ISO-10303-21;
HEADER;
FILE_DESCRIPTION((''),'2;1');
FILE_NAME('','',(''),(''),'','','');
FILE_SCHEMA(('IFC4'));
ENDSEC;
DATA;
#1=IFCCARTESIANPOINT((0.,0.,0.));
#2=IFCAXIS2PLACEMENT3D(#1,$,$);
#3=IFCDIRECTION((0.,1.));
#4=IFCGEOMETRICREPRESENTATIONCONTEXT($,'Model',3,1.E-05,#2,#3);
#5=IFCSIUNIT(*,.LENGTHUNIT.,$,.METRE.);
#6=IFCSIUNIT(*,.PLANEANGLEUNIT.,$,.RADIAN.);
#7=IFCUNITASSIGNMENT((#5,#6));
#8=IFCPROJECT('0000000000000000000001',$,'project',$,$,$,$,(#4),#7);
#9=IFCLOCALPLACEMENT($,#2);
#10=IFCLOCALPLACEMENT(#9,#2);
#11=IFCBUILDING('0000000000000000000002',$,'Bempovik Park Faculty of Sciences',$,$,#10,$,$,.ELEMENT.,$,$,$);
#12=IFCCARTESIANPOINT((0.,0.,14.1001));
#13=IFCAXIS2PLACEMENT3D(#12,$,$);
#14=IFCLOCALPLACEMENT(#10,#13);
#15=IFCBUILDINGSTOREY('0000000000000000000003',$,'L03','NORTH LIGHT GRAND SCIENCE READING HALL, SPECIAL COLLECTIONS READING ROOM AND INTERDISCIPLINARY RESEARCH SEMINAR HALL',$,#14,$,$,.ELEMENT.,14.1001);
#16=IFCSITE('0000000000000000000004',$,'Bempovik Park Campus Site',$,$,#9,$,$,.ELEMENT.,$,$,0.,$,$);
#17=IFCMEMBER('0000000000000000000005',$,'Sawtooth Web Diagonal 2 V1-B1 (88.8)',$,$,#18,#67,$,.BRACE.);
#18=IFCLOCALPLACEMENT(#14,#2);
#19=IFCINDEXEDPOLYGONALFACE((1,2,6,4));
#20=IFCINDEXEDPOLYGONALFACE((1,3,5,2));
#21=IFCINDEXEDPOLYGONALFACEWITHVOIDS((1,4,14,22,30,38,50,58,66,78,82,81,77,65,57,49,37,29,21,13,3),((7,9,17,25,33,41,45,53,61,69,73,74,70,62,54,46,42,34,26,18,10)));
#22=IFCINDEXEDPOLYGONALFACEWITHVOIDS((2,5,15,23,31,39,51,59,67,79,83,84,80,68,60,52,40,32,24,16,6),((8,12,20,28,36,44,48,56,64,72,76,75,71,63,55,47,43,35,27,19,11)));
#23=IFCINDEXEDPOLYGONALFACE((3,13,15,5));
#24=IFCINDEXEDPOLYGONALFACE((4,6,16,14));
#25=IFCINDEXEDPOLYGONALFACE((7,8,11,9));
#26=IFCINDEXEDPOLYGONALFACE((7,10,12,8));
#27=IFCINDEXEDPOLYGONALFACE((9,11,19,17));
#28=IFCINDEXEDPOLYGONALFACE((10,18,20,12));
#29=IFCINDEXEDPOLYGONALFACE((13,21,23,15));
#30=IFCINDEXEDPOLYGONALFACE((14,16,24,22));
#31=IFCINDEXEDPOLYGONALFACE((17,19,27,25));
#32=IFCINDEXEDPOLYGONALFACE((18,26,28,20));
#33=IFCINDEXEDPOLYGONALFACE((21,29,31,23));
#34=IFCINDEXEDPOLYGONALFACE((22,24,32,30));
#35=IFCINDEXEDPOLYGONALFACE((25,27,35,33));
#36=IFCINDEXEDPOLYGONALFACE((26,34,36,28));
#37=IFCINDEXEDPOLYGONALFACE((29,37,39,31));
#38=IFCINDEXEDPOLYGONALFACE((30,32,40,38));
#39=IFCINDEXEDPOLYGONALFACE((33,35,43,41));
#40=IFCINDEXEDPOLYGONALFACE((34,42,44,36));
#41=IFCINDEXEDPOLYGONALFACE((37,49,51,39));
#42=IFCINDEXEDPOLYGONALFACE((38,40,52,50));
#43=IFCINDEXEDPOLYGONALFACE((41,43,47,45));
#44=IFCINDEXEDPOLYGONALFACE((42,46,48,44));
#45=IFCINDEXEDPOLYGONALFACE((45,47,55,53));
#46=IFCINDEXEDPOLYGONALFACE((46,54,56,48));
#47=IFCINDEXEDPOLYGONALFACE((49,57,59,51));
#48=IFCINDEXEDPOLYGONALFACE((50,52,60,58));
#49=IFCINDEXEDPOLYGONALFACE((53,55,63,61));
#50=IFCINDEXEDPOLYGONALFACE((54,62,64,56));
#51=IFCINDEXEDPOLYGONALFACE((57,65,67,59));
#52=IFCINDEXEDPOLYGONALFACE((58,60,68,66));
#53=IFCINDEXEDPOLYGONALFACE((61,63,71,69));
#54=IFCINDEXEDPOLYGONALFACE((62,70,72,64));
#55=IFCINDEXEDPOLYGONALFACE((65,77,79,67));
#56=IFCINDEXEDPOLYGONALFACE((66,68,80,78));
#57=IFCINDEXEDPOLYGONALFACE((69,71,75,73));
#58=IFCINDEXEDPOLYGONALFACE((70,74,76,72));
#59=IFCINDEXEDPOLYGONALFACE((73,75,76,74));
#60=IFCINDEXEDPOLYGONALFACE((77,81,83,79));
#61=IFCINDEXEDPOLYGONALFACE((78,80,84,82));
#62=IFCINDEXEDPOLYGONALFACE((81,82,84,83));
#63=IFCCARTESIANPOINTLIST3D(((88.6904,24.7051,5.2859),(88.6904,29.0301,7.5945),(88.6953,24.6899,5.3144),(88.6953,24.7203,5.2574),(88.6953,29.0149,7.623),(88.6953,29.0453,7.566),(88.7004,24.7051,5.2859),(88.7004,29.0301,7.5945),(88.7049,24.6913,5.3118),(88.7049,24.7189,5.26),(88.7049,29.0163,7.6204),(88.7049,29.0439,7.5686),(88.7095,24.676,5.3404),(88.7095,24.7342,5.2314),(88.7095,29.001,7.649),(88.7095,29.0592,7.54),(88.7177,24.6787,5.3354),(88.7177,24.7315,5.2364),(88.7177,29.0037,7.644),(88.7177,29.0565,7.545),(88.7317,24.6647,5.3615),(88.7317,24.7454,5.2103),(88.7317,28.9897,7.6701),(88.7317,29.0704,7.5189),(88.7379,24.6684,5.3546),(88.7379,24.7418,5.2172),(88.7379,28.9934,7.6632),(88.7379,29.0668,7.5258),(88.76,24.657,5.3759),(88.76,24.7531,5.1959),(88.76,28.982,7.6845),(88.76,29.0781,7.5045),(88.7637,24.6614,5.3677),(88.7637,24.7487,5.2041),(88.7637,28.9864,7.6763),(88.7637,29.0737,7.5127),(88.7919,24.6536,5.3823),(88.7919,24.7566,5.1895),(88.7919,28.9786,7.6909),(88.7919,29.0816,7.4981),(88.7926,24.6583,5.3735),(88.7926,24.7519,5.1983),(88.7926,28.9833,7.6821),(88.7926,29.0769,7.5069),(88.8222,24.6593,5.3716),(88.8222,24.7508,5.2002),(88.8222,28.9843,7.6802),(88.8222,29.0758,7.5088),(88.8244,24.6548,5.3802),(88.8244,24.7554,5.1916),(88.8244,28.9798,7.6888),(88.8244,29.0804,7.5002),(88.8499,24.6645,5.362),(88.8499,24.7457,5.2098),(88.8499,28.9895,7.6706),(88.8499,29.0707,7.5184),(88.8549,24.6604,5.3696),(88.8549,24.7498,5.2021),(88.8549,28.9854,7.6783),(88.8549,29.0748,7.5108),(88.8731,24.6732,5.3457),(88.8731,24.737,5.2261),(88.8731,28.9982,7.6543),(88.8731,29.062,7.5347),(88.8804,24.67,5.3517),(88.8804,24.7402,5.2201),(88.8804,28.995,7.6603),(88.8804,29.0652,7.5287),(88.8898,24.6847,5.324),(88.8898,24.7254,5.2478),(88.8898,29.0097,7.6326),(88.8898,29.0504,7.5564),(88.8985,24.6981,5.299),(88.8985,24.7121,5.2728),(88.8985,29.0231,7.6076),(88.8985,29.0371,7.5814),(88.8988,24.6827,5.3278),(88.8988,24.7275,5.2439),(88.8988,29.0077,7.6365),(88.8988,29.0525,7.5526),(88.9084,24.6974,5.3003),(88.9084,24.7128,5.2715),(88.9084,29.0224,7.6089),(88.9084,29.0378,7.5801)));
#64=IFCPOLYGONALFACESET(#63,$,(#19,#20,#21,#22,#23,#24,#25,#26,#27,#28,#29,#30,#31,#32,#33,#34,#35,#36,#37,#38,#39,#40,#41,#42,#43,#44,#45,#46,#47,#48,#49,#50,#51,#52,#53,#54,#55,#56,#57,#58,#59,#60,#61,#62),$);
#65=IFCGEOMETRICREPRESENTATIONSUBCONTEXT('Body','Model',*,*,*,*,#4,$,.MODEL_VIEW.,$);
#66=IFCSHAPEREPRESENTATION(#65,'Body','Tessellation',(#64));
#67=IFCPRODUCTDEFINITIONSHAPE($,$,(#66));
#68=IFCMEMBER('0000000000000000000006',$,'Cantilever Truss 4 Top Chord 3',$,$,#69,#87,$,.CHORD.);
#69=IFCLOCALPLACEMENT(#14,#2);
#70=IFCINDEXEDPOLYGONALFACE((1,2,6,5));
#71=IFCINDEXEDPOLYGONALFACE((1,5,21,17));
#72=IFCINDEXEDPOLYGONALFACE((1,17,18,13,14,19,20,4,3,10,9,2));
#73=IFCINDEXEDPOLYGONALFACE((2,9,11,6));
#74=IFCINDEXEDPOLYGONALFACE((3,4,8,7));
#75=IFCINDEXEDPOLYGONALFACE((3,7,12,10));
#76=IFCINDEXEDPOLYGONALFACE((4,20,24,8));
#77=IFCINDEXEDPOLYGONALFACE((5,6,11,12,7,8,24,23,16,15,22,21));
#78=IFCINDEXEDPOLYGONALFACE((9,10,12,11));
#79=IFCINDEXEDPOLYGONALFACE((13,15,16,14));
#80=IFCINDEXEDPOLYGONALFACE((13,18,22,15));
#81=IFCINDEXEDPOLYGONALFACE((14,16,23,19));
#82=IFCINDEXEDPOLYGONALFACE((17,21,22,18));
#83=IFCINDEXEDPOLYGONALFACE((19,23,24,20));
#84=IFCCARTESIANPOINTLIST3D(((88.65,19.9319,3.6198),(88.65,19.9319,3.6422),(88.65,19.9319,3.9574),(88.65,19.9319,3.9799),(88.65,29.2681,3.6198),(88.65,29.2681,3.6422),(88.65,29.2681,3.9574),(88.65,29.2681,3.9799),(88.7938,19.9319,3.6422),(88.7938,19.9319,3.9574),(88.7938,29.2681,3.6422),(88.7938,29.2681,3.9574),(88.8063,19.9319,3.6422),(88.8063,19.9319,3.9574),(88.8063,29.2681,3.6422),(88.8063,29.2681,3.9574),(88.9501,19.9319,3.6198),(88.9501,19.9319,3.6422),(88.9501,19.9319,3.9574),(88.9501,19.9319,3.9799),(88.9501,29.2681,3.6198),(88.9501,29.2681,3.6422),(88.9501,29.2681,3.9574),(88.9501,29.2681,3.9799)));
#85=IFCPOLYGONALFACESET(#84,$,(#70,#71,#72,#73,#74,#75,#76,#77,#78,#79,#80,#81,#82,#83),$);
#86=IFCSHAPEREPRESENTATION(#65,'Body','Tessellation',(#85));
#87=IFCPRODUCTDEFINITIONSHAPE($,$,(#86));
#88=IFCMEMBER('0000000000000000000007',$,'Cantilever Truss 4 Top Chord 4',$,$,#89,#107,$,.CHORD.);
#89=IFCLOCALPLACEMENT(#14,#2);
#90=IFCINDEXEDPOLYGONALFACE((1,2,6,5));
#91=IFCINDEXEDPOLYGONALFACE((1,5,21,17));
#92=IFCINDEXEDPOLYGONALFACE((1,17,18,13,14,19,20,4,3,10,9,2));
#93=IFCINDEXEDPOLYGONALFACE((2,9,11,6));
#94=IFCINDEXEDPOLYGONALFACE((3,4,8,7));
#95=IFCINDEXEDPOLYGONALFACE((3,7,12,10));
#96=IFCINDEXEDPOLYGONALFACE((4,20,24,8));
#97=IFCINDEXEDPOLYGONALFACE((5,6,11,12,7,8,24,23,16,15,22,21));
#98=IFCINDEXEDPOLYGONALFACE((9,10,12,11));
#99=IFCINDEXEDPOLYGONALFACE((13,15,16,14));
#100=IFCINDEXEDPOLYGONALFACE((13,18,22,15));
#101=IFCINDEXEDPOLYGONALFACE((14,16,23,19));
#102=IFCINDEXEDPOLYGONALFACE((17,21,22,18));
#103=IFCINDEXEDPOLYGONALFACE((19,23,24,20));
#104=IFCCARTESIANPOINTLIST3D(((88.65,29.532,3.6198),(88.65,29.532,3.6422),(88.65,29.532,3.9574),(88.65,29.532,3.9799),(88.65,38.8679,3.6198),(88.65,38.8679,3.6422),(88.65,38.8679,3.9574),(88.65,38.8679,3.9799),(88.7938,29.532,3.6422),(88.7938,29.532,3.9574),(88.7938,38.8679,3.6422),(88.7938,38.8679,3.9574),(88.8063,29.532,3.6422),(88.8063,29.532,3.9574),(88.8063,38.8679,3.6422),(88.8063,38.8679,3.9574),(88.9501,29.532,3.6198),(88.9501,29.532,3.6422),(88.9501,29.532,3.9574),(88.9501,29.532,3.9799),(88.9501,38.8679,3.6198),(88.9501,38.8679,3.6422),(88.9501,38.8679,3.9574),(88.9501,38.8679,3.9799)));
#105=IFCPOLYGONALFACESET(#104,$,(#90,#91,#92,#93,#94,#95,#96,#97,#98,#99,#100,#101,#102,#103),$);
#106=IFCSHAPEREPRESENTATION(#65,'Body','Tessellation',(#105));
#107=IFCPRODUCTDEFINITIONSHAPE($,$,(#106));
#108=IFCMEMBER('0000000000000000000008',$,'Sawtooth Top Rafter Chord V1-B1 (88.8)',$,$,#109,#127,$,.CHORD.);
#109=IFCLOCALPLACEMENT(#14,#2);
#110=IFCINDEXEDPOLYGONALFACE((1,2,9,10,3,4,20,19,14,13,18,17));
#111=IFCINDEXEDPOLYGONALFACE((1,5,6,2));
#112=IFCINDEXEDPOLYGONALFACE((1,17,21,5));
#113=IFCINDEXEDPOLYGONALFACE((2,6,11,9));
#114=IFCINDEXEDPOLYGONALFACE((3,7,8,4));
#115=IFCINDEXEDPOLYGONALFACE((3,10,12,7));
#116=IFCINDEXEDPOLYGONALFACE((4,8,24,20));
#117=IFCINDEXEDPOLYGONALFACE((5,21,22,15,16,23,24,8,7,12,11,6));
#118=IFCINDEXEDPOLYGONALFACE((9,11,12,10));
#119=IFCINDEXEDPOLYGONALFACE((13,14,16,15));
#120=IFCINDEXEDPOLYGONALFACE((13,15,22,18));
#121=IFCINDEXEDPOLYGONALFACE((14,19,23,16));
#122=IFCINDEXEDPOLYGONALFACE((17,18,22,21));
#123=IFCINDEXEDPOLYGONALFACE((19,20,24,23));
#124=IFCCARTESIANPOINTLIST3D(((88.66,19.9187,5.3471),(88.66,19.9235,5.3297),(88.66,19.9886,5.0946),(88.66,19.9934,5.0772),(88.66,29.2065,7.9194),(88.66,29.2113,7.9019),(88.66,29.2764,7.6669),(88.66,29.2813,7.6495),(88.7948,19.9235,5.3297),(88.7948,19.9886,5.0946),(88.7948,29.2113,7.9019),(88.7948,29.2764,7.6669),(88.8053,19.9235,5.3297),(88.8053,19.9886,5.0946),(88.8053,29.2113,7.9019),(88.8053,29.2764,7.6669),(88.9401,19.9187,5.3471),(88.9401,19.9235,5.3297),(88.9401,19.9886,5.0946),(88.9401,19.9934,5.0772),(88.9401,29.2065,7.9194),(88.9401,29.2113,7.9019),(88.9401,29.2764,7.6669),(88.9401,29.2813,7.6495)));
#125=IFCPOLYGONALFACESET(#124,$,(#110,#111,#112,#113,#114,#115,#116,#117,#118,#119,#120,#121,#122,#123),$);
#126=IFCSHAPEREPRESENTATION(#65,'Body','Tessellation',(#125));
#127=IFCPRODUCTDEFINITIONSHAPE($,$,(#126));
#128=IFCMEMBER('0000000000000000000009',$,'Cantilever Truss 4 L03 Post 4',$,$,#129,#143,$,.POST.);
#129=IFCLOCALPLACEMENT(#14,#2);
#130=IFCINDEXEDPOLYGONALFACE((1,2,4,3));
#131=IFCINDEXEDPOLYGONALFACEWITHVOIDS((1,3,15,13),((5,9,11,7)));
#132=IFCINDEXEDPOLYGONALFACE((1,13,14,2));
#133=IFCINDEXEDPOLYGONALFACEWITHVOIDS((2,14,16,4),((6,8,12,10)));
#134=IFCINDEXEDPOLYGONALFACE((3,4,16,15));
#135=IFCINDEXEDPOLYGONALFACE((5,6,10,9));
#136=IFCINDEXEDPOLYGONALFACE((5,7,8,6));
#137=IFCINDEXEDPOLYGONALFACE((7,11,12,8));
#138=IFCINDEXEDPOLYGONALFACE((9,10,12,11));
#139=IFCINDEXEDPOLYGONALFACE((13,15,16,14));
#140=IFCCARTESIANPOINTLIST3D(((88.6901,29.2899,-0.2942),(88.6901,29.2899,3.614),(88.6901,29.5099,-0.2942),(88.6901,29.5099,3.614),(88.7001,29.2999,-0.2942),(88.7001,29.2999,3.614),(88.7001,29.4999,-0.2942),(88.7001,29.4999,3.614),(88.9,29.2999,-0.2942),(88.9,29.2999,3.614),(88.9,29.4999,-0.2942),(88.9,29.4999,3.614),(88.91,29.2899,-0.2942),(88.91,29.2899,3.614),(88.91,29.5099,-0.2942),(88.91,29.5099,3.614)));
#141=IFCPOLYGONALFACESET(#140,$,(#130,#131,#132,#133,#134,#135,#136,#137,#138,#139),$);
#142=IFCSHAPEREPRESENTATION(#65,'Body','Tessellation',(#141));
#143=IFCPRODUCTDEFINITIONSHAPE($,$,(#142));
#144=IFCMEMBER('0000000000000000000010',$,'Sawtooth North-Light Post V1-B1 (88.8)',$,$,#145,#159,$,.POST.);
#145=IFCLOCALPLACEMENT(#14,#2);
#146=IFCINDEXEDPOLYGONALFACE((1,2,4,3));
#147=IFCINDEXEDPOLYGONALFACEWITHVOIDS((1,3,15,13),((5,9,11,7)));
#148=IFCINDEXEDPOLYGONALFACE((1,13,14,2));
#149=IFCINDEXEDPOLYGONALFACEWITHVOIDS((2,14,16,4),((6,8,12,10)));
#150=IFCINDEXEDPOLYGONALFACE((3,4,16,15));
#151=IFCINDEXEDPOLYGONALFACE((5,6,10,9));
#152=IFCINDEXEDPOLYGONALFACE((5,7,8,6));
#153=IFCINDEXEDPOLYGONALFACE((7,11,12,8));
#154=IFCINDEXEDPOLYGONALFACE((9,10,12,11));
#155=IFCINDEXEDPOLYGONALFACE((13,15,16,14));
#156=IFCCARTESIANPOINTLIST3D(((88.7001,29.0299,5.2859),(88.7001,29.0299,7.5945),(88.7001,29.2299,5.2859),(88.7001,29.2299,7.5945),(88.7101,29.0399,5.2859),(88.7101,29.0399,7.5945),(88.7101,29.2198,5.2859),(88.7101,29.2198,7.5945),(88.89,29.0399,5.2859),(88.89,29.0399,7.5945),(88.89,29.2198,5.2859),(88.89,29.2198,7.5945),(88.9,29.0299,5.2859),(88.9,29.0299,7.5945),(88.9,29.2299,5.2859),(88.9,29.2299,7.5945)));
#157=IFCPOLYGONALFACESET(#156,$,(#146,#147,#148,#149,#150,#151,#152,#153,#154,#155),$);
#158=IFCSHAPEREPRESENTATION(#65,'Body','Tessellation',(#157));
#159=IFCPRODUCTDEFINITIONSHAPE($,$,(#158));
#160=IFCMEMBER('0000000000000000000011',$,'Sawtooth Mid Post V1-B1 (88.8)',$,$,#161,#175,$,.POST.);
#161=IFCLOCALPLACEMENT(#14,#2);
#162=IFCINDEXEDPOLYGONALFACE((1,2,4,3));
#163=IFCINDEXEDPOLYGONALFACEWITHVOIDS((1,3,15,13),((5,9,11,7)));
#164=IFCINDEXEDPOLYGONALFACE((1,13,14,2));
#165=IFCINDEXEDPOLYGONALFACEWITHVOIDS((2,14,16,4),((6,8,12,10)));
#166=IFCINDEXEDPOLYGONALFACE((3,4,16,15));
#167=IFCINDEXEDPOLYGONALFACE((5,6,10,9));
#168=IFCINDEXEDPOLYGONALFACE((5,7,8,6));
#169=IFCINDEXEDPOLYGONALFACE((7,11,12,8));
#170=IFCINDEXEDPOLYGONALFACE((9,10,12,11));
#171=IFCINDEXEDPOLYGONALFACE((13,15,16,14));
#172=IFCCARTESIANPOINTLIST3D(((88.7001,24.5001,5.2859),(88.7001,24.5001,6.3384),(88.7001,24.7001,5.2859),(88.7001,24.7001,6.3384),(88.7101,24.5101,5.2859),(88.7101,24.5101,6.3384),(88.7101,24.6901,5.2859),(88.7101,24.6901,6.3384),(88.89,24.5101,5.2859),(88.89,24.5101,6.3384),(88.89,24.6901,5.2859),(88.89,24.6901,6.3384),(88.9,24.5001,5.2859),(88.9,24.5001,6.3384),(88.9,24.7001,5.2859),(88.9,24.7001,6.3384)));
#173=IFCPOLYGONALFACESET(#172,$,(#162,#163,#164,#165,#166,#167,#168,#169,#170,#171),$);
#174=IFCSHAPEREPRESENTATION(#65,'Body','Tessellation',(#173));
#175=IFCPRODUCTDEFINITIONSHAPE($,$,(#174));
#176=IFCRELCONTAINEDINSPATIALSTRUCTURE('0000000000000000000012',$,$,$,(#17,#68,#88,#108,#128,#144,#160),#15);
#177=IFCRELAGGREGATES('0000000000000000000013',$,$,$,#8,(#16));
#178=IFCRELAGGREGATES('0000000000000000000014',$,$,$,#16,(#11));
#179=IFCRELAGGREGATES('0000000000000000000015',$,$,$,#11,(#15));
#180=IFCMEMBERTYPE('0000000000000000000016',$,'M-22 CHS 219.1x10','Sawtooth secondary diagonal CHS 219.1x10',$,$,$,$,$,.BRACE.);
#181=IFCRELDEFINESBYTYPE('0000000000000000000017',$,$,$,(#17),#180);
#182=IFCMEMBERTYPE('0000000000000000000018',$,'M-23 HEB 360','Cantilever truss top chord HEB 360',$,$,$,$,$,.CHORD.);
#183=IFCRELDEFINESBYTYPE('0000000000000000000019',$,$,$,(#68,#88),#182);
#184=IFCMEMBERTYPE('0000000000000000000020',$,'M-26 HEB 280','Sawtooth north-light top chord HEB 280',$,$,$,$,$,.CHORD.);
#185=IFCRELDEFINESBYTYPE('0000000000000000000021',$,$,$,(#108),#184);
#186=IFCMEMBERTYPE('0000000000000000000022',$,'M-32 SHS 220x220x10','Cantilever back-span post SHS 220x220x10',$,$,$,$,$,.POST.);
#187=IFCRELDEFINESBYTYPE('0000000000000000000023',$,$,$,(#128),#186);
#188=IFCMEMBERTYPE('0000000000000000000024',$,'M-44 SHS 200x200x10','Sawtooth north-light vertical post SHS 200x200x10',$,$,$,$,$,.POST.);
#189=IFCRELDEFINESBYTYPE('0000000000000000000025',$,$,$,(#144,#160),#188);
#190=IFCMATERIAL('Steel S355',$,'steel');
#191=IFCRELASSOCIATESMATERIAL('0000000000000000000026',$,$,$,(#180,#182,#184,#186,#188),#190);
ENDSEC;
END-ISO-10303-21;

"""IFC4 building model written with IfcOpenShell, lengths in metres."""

from ifc_helpers import new_model, si_unit, direction, frame, origin, origin_2d, place, context, subcontext, project, spatial, hollow_rectangle, hollow_circle, i_section, extrude, material, material_profile, profile_set, type_object, element, save


model = new_model("IFC4")

# Units and contexts
model_context = context("Model", 3, precision=1e-05, world=origin(), true_north=direction((0.0, 1.0)))
body_context = subcontext(model_context, "Body", "Model", "MODEL_VIEW")
ifc_project = project(units=[si_unit("LENGTHUNIT", "METRE"), si_unit("PLANEANGLEUNIT", "RADIAN")], contexts=[model_context])

# Site, building, storey
site_placement = place(None, origin())
site = spatial("IfcSite", under=ifc_project, at=site_placement, Name="Bempovik Park Campus Site", CompositionType="ELEMENT", RefElevation=0.0)
building_placement = place(site_placement, origin())
building = spatial("IfcBuilding", under=site, at=building_placement, Name="Bempovik Park Faculty of Sciences", CompositionType="ELEMENT")
storey_placement = place(building_placement, frame((0.0, 0.0, 14.1001)))
storey = spatial("IfcBuildingStorey", under=building, at=storey_placement, Name="L03", Description="NORTH LIGHT GRAND SCIENCE READING HALL, SPECIAL COLLECTIONS READING ROOM AND INTERDISCIPLINARY RESEARCH SEMINAR HALL", CompositionType="ELEMENT", Elevation=14.1001)

# Shared definitions
ifc_material_1 = material(Name="Steel S355", Category="steel")

# Members
ifc_material_profile_1 = material_profile(ifc_material_1, hollow_circle(Radius=0.1096, WallThickness=0.01, at=origin_2d()), Name="CHS 219.1x10")
ifc_profile_set_1 = profile_set([ifc_material_profile_1], Name="Steel S355")
member_type_1 = type_object("IfcMemberType", Name="M-22 CHS 219.1x10", Description="Sawtooth secondary diagonal CHS 219.1x10", PredefinedType="BRACE", material=ifc_profile_set_1)
member_1_placement = place(storey_placement, frame((88.8, 24.7051, 5.2859), z_axis=(0.0, 0.882187, 0.470898), x_axis=(-1.0, 0.0, 0.0)))
element("IfcMember", 1, at=member_1_placement, inside=storey, type_object=member_type_1, Name="Sawtooth Web Diagonal 2 V1-B1 (88.8)", PredefinedType="BRACE", context=body_context, shape_type="SweptSolid", body=[
    extrude(hollow_circle(Radius=0.1096, WallThickness=0.01, at=origin_2d()), origin(), (0.0, 0.0, 1.0), 4.9026),
])
ifc_material_profile_2 = material_profile(ifc_material_1, i_section(OverallWidth=0.3, OverallDepth=0.3601, WebThickness=0.0125, FlangeThickness=0.0225, at=origin_2d()), Name="HEB 360")
ifc_profile_set_2 = profile_set([ifc_material_profile_2], Name="Steel S355")
member_type_2 = type_object("IfcMemberType", Name="M-23 HEB 360", Description="Cantilever truss top chord HEB 360", PredefinedType="CHORD", material=ifc_profile_set_2)
member_2_placement = place(storey_placement, frame((88.8, 19.9319, 3.7998), z_axis=(0.0, 1.0, 0.0), x_axis=(-1.0, 0.0, 0.0)))
element("IfcMember", 2, at=member_2_placement, inside=storey, type_object=member_type_2, Name="Cantilever Truss 4 Top Chord 3", PredefinedType="CHORD", context=body_context, shape_type="SweptSolid", body=[
    extrude(i_section(OverallWidth=0.3, OverallDepth=0.3601, WebThickness=0.0125, FlangeThickness=0.0225, at=origin_2d()), origin(), (0.0, 0.0, 1.0), 9.3362),
])
member_3_placement = place(storey_placement, frame((88.8, 29.532, 3.7998), z_axis=(0.0, 1.0, 0.0), x_axis=(-1.0, 0.0, 0.0)))
element("IfcMember", 3, at=member_3_placement, inside=storey, type_object=member_type_2, Name="Cantilever Truss 4 Top Chord 4", PredefinedType="CHORD", context=body_context, shape_type="SweptSolid", body=[
    extrude(i_section(OverallWidth=0.3, OverallDepth=0.3601, WebThickness=0.0125, FlangeThickness=0.0225, at=origin_2d()), origin(), (0.0, 0.0, 1.0), 9.3359),
])
ifc_material_profile_3 = material_profile(ifc_material_1, i_section(OverallWidth=0.28, OverallDepth=0.28, WebThickness=0.0105, FlangeThickness=0.0181, at=origin_2d()), Name="HEB 280")
ifc_profile_set_3 = profile_set([ifc_material_profile_3], Name="Steel S355")
member_type_3 = type_object("IfcMemberType", Name="M-26 HEB 280", Description="Sawtooth north-light top chord HEB 280", PredefinedType="CHORD", material=ifc_profile_set_3)
member_4_placement = place(storey_placement, frame((88.8, 19.9561, 5.2122), z_axis=(0.0, 0.963723, 0.266903), x_axis=(-1.0, 0.0, 0.0)))
element("IfcMember", 4, at=member_4_placement, inside=storey, type_object=member_type_3, Name="Sawtooth Top Rafter Chord V1-B1 (88.8)", PredefinedType="CHORD", context=body_context, shape_type="SweptSolid", body=[
    extrude(i_section(OverallWidth=0.28, OverallDepth=0.28, WebThickness=0.0105, FlangeThickness=0.0181, at=origin_2d()), origin(), (0.0, 0.0, 1.0), 9.6375),
])
ifc_material_profile_4 = material_profile(ifc_material_1, hollow_rectangle(XDim=0.22, YDim=0.22, WallThickness=0.01, at=origin_2d()), Name="SHS 220x220x10")
ifc_profile_set_4 = profile_set([ifc_material_profile_4], Name="Steel S355")
member_type_4 = type_object("IfcMemberType", Name="M-32 SHS 220x220x10", Description="Cantilever back-span post SHS 220x220x10", PredefinedType="POST", material=ifc_profile_set_4)
member_5_placement = place(storey_placement, frame((88.8, 29.3999, -0.2942), z_axis=(0.0, 0.0, 1.0), x_axis=(1.0, 0.0, 0.0)))
element("IfcMember", 5, at=member_5_placement, inside=storey, type_object=member_type_4, Name="Cantilever Truss 4 L03 Post 4", PredefinedType="POST", context=body_context, shape_type="SweptSolid", body=[
    extrude(hollow_rectangle(XDim=0.22, YDim=0.22, WallThickness=0.01, at=origin_2d()), origin(), (0.0, 0.0, 1.0), 3.9082),
])
ifc_material_profile_5 = material_profile(ifc_material_1, hollow_rectangle(XDim=0.2, YDim=0.2, WallThickness=0.01, at=origin_2d()), Name="SHS 200x200x10")
ifc_profile_set_5 = profile_set([ifc_material_profile_5], Name="Steel S355")
member_type_5 = type_object("IfcMemberType", Name="M-44 SHS 200x200x10", Description="Sawtooth north-light vertical post SHS 200x200x10", PredefinedType="POST", material=ifc_profile_set_5)
member_6_placement = place(storey_placement, frame((88.8, 29.1299, 5.2859), z_axis=(0.0, 0.0, 1.0), x_axis=(1.0, 0.0, 0.0)))
element("IfcMember", 6, at=member_6_placement, inside=storey, type_object=member_type_5, Name="Sawtooth North-Light Post V1-B1 (88.8)", PredefinedType="POST", context=body_context, shape_type="SweptSolid", body=[
    extrude(hollow_rectangle(XDim=0.2, YDim=0.2, WallThickness=0.01, at=origin_2d()), origin(), (0.0, 0.0, 1.0), 2.3086),
])
member_7_placement = place(storey_placement, frame((88.8, 24.6001, 5.2859), z_axis=(0.0, 0.0, 1.0), x_axis=(1.0, 0.0, 0.0)))
element("IfcMember", 7, at=member_7_placement, inside=storey, type_object=member_type_5, Name="Sawtooth Mid Post V1-B1 (88.8)", PredefinedType="POST", context=body_context, shape_type="SweptSolid", body=[
    extrude(hollow_rectangle(XDim=0.2, YDim=0.2, WallThickness=0.01, at=origin_2d()), origin(), (0.0, 0.0, 1.0), 1.0525),
])

save(model, "model.ifc")
